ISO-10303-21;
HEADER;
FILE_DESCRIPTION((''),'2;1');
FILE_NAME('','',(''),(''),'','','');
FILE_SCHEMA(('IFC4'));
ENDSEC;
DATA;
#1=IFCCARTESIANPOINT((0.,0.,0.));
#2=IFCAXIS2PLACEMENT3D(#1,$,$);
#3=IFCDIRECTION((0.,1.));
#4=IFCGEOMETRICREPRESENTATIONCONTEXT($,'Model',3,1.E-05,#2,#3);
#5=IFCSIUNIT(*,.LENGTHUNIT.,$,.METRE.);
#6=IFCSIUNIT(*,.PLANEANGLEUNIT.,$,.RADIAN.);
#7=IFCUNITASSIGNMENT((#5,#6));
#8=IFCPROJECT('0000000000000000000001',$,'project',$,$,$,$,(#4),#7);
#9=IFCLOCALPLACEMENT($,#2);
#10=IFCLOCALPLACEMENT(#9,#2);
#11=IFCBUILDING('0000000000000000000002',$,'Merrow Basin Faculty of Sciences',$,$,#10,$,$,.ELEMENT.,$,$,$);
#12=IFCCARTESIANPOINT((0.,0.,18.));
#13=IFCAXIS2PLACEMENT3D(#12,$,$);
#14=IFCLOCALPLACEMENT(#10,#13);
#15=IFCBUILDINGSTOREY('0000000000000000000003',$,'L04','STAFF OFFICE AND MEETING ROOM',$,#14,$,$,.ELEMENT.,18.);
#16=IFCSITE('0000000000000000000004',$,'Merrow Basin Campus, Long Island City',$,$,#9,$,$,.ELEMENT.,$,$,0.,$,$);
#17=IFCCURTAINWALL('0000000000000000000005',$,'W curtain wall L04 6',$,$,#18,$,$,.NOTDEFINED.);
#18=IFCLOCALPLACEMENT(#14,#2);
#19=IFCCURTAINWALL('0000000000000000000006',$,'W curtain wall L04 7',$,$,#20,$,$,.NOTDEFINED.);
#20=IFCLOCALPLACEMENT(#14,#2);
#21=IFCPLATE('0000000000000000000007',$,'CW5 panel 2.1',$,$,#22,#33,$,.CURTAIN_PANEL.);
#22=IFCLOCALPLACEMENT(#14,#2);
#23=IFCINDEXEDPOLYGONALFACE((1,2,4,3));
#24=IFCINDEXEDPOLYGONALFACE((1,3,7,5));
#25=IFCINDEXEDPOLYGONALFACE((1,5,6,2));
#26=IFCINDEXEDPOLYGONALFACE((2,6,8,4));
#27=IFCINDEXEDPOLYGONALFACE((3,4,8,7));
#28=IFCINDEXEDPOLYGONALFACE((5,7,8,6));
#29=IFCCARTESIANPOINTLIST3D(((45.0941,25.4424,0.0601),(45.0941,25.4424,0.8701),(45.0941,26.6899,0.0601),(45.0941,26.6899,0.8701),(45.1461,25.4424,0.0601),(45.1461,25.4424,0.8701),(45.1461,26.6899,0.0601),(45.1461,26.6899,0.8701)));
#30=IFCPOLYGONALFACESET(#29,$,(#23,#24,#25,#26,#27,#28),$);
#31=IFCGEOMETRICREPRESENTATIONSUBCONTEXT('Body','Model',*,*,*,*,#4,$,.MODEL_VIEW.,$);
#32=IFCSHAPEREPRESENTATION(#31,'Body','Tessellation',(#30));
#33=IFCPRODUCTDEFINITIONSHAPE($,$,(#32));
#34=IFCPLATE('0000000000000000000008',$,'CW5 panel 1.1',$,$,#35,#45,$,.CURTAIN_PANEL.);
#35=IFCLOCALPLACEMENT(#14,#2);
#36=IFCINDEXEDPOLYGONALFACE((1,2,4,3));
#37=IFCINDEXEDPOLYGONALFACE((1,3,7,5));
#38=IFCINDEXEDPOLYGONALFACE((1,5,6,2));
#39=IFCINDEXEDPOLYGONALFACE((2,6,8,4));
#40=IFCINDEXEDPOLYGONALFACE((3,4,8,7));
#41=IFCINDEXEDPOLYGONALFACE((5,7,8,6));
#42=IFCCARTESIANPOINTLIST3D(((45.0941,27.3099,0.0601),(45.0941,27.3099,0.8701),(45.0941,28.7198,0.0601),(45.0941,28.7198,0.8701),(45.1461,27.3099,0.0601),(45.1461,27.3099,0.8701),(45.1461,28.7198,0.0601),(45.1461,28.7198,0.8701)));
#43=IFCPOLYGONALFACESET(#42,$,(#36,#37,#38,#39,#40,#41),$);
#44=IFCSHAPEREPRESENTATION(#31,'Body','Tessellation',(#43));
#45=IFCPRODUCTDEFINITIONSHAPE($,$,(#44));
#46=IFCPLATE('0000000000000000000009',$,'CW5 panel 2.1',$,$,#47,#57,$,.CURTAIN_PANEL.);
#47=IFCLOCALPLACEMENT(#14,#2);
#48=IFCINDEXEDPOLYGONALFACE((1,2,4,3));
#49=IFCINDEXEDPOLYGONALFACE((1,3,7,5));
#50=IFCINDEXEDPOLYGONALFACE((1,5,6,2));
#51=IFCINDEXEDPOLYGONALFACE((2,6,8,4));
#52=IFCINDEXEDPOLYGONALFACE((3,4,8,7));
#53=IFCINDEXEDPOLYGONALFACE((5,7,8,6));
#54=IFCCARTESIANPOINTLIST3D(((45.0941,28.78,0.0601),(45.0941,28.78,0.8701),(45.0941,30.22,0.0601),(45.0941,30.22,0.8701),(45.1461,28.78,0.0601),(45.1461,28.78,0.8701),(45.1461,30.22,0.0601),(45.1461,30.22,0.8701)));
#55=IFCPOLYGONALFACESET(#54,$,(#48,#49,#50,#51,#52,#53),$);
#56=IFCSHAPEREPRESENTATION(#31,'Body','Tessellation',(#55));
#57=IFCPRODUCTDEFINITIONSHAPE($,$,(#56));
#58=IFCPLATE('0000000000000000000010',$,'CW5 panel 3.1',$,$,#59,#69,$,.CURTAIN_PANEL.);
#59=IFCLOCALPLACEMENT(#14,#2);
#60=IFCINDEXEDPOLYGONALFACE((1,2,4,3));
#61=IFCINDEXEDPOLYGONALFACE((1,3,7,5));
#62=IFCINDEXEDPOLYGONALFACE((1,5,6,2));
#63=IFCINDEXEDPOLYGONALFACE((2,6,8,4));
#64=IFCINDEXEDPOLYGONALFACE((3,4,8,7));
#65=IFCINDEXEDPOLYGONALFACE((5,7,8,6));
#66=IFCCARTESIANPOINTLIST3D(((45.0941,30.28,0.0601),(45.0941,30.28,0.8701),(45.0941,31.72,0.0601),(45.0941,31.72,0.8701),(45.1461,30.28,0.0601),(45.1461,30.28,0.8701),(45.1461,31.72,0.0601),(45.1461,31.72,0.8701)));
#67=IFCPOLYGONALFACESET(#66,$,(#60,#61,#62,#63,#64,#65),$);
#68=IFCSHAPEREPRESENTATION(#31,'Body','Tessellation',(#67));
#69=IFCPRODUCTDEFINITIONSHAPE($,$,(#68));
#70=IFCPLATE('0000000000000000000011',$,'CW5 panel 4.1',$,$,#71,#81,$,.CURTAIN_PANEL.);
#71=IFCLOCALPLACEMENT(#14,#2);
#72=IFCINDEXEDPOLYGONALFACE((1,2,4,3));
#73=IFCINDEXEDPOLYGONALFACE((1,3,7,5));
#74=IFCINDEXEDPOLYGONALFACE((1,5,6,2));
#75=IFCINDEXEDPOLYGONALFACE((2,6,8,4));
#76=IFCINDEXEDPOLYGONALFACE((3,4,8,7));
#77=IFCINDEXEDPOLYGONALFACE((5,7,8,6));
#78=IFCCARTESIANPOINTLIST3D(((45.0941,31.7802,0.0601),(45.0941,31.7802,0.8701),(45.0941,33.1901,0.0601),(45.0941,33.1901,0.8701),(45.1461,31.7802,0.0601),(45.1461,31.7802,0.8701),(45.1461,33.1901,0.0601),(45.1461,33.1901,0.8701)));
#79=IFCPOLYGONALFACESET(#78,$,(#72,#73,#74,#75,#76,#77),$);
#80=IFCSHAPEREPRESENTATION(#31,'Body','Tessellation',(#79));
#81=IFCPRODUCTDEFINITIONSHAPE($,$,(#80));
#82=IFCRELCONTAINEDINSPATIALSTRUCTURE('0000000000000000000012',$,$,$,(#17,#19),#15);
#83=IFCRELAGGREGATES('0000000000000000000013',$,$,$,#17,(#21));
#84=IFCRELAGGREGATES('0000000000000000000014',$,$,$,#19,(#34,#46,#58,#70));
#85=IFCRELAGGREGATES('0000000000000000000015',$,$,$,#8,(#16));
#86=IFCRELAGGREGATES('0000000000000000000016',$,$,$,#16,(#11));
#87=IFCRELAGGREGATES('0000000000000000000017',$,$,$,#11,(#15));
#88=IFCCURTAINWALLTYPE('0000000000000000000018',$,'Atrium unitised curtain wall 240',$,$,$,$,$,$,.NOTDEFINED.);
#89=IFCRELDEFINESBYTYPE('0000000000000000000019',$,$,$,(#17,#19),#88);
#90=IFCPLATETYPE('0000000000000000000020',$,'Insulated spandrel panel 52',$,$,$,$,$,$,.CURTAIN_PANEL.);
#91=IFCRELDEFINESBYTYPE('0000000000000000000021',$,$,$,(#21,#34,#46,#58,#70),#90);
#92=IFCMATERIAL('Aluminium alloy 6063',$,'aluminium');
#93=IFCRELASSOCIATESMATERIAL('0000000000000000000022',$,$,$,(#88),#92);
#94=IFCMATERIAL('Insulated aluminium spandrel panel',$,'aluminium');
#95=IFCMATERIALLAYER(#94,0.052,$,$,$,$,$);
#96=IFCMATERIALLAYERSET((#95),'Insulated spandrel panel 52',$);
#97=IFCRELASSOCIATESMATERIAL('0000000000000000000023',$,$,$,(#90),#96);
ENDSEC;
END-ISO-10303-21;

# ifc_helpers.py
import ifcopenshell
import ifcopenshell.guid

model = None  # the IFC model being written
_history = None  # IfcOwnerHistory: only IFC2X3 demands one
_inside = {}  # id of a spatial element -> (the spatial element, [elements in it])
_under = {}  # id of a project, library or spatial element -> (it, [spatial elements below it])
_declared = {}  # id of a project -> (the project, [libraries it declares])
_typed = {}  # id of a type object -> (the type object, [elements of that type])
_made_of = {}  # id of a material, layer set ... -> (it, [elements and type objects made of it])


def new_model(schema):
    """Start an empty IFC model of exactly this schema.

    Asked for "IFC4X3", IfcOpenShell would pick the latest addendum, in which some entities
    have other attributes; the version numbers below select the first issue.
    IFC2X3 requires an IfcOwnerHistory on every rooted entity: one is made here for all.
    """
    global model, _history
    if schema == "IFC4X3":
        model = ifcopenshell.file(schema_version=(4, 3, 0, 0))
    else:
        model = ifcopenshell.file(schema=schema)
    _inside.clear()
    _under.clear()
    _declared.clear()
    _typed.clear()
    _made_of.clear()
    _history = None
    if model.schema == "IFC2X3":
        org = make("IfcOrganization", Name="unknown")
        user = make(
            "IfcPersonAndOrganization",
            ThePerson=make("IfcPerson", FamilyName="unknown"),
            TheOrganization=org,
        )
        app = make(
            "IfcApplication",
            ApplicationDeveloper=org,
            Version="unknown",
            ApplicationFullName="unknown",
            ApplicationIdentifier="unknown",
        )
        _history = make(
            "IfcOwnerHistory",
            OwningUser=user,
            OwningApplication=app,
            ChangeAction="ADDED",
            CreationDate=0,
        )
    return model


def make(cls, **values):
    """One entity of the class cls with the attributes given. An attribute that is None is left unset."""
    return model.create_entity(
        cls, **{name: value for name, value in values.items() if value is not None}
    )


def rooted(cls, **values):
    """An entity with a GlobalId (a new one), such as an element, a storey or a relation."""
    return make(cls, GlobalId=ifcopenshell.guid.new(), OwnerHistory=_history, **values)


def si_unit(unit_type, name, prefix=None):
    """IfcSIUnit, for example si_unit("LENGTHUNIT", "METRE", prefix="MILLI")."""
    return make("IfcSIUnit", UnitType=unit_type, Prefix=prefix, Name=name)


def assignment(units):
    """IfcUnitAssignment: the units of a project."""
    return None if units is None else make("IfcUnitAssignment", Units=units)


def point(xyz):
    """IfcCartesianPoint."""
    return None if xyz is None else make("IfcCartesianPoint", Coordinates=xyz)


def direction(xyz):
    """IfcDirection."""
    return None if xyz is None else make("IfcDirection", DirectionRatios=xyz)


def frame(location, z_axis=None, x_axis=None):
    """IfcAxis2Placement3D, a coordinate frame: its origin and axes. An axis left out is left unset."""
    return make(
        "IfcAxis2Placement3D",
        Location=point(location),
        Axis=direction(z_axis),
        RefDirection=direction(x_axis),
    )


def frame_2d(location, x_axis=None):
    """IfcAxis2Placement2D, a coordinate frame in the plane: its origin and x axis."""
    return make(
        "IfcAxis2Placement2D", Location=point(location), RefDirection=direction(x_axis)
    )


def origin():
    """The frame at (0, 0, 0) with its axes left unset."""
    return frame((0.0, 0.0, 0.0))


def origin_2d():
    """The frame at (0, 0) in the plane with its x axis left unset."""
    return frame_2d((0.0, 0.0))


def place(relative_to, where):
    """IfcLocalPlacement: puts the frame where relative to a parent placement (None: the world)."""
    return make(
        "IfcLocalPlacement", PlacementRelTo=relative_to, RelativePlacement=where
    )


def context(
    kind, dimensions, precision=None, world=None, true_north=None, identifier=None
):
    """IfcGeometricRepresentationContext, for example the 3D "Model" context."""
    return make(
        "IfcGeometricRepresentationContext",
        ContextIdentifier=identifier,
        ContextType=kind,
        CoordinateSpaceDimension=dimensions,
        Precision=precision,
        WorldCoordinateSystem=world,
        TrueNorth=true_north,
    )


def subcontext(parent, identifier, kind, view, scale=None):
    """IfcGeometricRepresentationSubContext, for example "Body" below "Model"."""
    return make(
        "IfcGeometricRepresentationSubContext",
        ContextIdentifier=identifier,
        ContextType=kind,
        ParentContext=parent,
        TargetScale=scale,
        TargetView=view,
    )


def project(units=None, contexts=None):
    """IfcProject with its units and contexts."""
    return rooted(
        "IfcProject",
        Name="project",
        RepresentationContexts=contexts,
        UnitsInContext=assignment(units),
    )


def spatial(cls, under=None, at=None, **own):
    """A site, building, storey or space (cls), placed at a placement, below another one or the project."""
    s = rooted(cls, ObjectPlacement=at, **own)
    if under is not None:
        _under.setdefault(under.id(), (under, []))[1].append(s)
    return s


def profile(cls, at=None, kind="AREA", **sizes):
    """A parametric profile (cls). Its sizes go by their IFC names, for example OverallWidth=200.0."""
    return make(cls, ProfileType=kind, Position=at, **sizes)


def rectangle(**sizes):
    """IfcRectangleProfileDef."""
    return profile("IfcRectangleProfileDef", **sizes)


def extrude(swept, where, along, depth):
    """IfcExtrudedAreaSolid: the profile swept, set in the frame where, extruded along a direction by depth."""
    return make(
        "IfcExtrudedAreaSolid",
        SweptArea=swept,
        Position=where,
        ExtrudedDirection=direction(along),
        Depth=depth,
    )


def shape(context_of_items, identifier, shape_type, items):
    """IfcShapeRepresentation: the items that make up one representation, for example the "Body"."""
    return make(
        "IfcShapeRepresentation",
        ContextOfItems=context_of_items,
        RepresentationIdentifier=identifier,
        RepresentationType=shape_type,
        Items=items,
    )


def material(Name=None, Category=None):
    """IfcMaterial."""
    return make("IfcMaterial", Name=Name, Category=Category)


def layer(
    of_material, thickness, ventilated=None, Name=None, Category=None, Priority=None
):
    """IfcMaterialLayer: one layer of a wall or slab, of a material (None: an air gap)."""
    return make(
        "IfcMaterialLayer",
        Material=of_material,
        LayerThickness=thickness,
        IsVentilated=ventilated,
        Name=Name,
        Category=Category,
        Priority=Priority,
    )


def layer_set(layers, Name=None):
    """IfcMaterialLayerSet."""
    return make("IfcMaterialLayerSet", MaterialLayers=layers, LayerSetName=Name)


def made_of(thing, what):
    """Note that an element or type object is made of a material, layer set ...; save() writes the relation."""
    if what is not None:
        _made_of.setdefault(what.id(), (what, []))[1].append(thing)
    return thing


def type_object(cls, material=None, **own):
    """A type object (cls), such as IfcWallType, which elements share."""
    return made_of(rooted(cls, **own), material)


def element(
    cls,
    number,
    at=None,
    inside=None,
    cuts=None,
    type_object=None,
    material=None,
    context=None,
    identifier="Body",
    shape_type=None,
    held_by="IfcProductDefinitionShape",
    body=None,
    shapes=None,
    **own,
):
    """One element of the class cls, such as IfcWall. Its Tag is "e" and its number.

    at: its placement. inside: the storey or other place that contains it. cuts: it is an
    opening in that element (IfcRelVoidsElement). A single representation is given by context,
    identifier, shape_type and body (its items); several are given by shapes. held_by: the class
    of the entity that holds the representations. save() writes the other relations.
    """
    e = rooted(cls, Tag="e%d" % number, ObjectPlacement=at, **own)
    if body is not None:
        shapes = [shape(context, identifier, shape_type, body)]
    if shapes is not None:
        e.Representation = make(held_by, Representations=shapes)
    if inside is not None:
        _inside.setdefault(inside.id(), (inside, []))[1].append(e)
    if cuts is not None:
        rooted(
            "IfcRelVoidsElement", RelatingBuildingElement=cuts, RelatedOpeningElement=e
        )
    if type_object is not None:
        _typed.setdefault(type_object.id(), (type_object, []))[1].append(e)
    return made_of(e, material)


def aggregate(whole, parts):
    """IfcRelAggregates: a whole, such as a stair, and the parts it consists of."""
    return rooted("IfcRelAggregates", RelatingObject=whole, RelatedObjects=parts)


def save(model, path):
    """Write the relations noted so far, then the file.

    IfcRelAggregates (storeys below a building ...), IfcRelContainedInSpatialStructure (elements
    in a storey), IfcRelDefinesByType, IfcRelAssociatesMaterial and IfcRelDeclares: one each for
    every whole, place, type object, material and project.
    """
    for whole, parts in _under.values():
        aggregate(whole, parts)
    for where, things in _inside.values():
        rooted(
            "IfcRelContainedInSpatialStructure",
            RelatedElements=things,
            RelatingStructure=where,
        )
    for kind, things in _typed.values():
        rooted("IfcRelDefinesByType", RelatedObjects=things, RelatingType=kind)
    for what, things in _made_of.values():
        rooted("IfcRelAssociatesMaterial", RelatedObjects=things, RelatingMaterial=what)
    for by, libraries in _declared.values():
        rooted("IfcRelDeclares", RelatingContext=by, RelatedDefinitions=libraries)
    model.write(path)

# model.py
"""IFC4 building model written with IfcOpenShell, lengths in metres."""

from ifc_helpers import new_model, si_unit, direction, frame, origin, origin_2d, place, context, subcontext, project, spatial, rectangle, extrude, material, layer, layer_set, type_object, element, aggregate, save


model = new_model("IFC4")

# Units and contexts
model_context = context("Model", 3, precision=1e-05, world=origin(), true_north=direction((0.0, 1.0)))
body_context = subcontext(model_context, "Body", "Model", "MODEL_VIEW")
ifc_project = project(units=[si_unit("LENGTHUNIT", "METRE"), si_unit("PLANEANGLEUNIT", "RADIAN")], contexts=[model_context])

# Site, building, storey
site_placement = place(None, origin())
site = spatial("IfcSite", under=ifc_project, at=site_placement, Name="Merrow Basin Campus, Long Island City", CompositionType="ELEMENT", RefElevation=0.0)
building_placement = place(site_placement, origin())
building = spatial("IfcBuilding", under=site, at=building_placement, Name="Merrow Basin Faculty of Sciences", CompositionType="ELEMENT")
storey_placement = place(building_placement, frame((0.0, 0.0, 18.0)))
storey = spatial("IfcBuildingStorey", under=building, at=storey_placement, Name="L04", Description="STAFF OFFICE AND MEETING ROOM", CompositionType="ELEMENT", Elevation=18.0)

# Curtain wall
ifc_material_1 = material(Name="Aluminium alloy 6063", Category="aluminium")
curtain_wall_type = type_object("IfcCurtainWallType", Name="Atrium unitised curtain wall 240", PredefinedType="NOTDEFINED", material=ifc_material_1)
curtain_wall_1_placement = place(storey_placement, origin())
curtain_wall_1 = element("IfcCurtainWall", 1, at=curtain_wall_1_placement, inside=storey, type_object=curtain_wall_type, Name="W curtain wall L04 6", PredefinedType="NOTDEFINED")

# Curtain wall
curtain_wall_2_placement = place(storey_placement, origin())
curtain_wall_2 = element("IfcCurtainWall", 2, at=curtain_wall_2_placement, inside=storey, type_object=curtain_wall_type, Name="W curtain wall L04 7", PredefinedType="NOTDEFINED")

# Plates
ifc_material_2 = material(Name="Insulated aluminium spandrel panel", Category="aluminium")
ifc_layer_1 = layer(ifc_material_2, 0.052)
ifc_layer_set_1 = layer_set([ifc_layer_1], Name="Insulated spandrel panel 52")
plate_type_1 = type_object("IfcPlateType", Name="Insulated spandrel panel 52", PredefinedType="CURTAIN_PANEL", material=ifc_layer_set_1)
plate_1_placement = place(storey_placement, frame((45.1201, 26.0662, 0.0601), z_axis=(0.0, 0.0, 1.0), x_axis=(0.0, 1.0, 0.0)))
plate_1 = element("IfcPlate", 3, at=plate_1_placement, type_object=plate_type_1, Name="CW5 panel 2.1", PredefinedType="CURTAIN_PANEL", context=body_context, shape_type="SweptSolid", body=[
    extrude(rectangle(XDim=1.2476, YDim=0.052, at=origin_2d()), origin(), (0.0, 0.0, 1.0), 0.8101),
])
aggregate(curtain_wall_1, [plate_1])
plate_2_placement = place(storey_placement, frame((45.1201, 28.0149, 0.0601), z_axis=(0.0, 0.0, 1.0), x_axis=(0.0, 1.0, 0.0)))
plate_2 = element("IfcPlate", 4, at=plate_2_placement, type_object=plate_type_1, Name="CW5 panel 1.1", PredefinedType="CURTAIN_PANEL", context=body_context, shape_type="SweptSolid", body=[
    extrude(rectangle(XDim=1.4099, YDim=0.052, at=origin_2d()), origin(), (0.0, 0.0, 1.0), 0.8101),
])
plate_3_placement = place(storey_placement, frame((45.1201, 29.5, 0.0601), z_axis=(0.0, 0.0, 1.0), x_axis=(0.0, 1.0, 0.0)))
plate_3 = element("IfcPlate", 5, at=plate_3_placement, type_object=plate_type_1, Name="CW5 panel 2.1", PredefinedType="CURTAIN_PANEL", context=body_context, shape_type="SweptSolid", body=[
    extrude(rectangle(XDim=1.4399, YDim=0.052, at=origin_2d()), origin(), (0.0, 0.0, 1.0), 0.8101),
])
plate_4_placement = place(storey_placement, frame((45.1201, 31.0, 0.0601), z_axis=(0.0, 0.0, 1.0), x_axis=(0.0, 1.0, 0.0)))
plate_4 = element("IfcPlate", 6, at=plate_4_placement, type_object=plate_type_1, Name="CW5 panel 3.1", PredefinedType="CURTAIN_PANEL", context=body_context, shape_type="SweptSolid", body=[
    extrude(rectangle(XDim=1.4399, YDim=0.052, at=origin_2d()), origin(), (0.0, 0.0, 1.0), 0.8101),
])
plate_5_placement = place(storey_placement, frame((45.1201, 32.4851, 0.0601), z_axis=(0.0, 0.0, 1.0), x_axis=(0.0, 1.0, 0.0)))
plate_5 = element("IfcPlate", 7, at=plate_5_placement, type_object=plate_type_1, Name="CW5 panel 4.1", PredefinedType="CURTAIN_PANEL", context=body_context, shape_type="SweptSolid", body=[
    extrude(rectangle(XDim=1.4099, YDim=0.052, at=origin_2d()), origin(), (0.0, 0.0, 1.0), 0.8101),
])
aggregate(curtain_wall_2, [plate_2, plate_3, plate_4, plate_5])

save(model, "model.ifc")
